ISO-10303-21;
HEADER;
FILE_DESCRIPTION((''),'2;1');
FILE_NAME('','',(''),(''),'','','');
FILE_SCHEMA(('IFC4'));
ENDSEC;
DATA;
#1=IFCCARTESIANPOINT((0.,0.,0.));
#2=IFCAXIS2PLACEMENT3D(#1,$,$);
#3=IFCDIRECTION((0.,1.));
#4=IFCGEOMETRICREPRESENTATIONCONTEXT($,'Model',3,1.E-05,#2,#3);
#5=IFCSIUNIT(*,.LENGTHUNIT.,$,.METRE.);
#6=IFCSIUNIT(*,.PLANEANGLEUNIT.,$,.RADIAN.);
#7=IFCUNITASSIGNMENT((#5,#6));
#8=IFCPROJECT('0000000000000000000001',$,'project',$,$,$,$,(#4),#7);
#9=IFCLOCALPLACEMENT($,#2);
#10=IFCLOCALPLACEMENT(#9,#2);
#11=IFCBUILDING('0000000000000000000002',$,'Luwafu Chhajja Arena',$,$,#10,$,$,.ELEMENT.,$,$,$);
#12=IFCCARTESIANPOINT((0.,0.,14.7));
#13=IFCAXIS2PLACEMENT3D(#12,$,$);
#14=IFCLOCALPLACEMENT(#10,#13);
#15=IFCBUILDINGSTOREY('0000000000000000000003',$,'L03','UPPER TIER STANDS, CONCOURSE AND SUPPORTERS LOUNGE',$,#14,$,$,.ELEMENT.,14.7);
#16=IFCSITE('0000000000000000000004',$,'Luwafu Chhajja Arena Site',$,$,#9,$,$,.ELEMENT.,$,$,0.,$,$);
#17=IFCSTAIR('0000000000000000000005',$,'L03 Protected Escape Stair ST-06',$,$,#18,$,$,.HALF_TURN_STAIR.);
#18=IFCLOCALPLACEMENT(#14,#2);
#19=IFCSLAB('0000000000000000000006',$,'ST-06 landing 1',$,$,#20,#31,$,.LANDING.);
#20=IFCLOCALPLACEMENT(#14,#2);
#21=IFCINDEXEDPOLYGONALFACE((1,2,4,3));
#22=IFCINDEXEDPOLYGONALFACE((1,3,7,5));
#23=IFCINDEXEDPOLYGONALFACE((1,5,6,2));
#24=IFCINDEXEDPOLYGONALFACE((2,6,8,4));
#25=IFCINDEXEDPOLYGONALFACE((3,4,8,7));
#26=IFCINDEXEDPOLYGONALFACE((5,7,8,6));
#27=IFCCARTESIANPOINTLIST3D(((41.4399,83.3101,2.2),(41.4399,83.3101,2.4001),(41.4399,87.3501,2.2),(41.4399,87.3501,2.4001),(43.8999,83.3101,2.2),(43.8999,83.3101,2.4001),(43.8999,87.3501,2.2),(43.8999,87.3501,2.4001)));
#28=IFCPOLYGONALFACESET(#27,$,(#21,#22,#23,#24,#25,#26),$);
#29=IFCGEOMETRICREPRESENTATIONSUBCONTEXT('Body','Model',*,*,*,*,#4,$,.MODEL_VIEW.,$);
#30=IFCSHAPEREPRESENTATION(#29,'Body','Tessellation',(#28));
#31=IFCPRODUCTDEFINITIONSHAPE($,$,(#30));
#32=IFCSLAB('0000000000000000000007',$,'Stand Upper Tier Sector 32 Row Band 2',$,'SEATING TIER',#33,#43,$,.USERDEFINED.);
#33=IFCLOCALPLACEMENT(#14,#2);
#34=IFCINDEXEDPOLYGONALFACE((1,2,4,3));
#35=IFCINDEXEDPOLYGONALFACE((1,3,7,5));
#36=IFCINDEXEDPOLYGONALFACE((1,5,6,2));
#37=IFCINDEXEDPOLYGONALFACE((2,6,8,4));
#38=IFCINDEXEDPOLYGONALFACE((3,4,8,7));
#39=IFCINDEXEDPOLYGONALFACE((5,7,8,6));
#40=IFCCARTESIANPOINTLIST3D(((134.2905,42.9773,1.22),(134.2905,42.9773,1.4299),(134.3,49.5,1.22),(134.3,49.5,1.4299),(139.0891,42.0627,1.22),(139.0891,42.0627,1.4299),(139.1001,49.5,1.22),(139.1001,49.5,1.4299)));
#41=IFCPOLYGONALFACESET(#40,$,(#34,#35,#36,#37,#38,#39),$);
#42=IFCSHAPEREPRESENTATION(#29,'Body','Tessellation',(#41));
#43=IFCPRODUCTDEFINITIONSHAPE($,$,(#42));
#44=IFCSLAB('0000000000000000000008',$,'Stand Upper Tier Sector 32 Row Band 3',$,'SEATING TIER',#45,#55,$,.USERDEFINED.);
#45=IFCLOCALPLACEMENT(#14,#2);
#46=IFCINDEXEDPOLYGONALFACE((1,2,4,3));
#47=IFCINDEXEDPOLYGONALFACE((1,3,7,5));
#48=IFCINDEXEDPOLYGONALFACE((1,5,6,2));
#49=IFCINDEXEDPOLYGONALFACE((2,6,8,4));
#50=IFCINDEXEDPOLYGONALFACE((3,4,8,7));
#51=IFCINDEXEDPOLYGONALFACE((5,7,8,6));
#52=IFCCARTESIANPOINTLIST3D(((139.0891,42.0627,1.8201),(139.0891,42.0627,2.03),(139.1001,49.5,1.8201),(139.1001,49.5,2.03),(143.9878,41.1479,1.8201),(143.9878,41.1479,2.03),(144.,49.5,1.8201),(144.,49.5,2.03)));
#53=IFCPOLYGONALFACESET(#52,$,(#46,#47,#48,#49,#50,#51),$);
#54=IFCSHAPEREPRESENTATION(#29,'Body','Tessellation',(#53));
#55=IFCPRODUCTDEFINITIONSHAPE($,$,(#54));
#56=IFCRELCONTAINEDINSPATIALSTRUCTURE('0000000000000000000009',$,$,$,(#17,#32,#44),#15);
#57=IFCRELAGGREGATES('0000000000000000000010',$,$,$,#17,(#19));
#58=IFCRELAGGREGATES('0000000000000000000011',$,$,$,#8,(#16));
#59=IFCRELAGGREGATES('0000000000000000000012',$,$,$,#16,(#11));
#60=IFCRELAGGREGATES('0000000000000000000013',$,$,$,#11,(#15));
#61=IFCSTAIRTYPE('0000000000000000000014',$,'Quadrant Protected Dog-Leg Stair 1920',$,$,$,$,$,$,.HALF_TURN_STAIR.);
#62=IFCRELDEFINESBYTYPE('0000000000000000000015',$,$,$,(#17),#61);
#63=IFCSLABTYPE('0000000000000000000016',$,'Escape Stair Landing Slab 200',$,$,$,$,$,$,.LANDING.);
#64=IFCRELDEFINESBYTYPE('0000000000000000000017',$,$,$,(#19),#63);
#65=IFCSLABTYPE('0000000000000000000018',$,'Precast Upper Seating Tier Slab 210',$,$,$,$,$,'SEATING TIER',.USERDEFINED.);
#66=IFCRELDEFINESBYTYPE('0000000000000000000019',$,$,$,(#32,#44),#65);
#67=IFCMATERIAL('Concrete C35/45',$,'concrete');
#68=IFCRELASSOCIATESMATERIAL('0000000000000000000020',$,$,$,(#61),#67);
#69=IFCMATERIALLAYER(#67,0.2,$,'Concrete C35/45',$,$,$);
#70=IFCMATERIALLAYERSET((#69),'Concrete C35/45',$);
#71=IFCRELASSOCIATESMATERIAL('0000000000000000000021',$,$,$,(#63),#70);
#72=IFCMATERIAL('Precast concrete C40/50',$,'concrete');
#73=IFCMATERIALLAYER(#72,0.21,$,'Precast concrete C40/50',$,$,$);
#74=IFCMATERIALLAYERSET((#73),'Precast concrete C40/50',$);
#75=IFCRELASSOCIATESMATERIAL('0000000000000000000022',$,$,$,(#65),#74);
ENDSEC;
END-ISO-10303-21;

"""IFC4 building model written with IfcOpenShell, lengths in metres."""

from ifc_helpers import new_model, si_unit, direction, frame, origin, place, context, subcontext, project, spatial, polyline, outline, extrude, material, layer, layer_set, type_object, element, aggregate, save


model = new_model("IFC4")

# Units and contexts
model_context = context("Model", 3, precision=1e-05, world=origin(), true_north=direction((0.0, 1.0)))
body_context = subcontext(model_context, "Body", "Model", "MODEL_VIEW")
ifc_project = project(units=[si_unit("LENGTHUNIT", "METRE"), si_unit("PLANEANGLEUNIT", "RADIAN")], contexts=[model_context])

# Site, building, storey
site_placement = place(None, origin())
site = spatial("IfcSite", under=ifc_project, at=site_placement, Name="Luwafu Chhajja Arena Site", CompositionType="ELEMENT", RefElevation=0.0)
building_placement = place(site_placement, origin())
building = spatial("IfcBuilding", under=site, at=building_placement, Name="Luwafu Chhajja Arena", CompositionType="ELEMENT")
storey_placement = place(building_placement, frame((0.0, 0.0, 14.7)))
storey = spatial("IfcBuildingStorey", under=building, at=storey_placement, Name="L03", Description="UPPER TIER STANDS, CONCOURSE AND SUPPORTERS LOUNGE", CompositionType="ELEMENT", Elevation=14.7)

# Shared definitions
ifc_material_1 = material(Name="Concrete C35/45", Category="concrete")

# Stair, slab
stair_type = type_object("IfcStairType", Name="Quadrant Protected Dog-Leg Stair 1920", PredefinedType="HALF_TURN_STAIR", material=ifc_material_1)
ifc_layer_1 = layer(ifc_material_1, 0.2, Name="Concrete C35/45")
ifc_layer_set_1 = layer_set([ifc_layer_1], Name="Concrete C35/45")
slab_type_1 = type_object("IfcSlabType", Name="Escape Stair Landing Slab 200", PredefinedType="LANDING", material=ifc_layer_set_1)
stair_1_placement = place(storey_placement, origin())
stair_1 = element("IfcStair", 1, at=stair_1_placement, inside=storey, type_object=stair_type, Name="L03 Protected Escape Stair ST-06", PredefinedType="HALF_TURN_STAIR")
slab_1_placement = place(storey_placement, frame((0.0, 0.0, 2.2)))
slab_1 = element("IfcSlab", 2, at=slab_1_placement, type_object=slab_type_1, Name="ST-06 landing 1", PredefinedType="LANDING", context=body_context, shape_type="SweptSolid", body=[
    extrude(outline(polyline([(41.4399, 83.3101), (43.8999, 83.3101), (43.8999, 87.3501), (41.4399, 87.3501), (41.4399, 83.3101)])), origin(), (0.0, 0.0, 1.0), 0.2002),
])
aggregate(stair_1, [slab_1])

# Slabs
ifc_material_2 = material(Name="Precast concrete C40/50", Category="concrete")
ifc_layer_2 = layer(ifc_material_2, 0.21, Name="Precast concrete C40/50")
ifc_layer_set_2 = layer_set([ifc_layer_2], Name="Precast concrete C40/50")
slab_type_2 = type_object("IfcSlabType", Name="Precast Upper Seating Tier Slab 210", ElementType="SEATING TIER", PredefinedType="USERDEFINED", material=ifc_layer_set_2)
slab_2_placement = place(storey_placement, frame((0.0, 0.0, 1.22)))
element("IfcSlab", 3, at=slab_2_placement, inside=storey, type_object=slab_type_2, Name="Stand Upper Tier Sector 32 Row Band 2", ObjectType="SEATING TIER", PredefinedType="USERDEFINED", context=body_context, shape_type="SweptSolid", body=[
    extrude(outline(polyline([(134.2905, 42.9773), (134.3, 49.5), (139.1001, 49.5), (139.0891, 42.0627), (134.2905, 42.9773)])), origin(), (0.0, 0.0, 1.0), 0.21),
])
slab_3_placement = place(storey_placement, frame((0.0, 0.0, 1.8201)))
element("IfcSlab", 4, at=slab_3_placement, inside=storey, type_object=slab_type_2, Name="Stand Upper Tier Sector 32 Row Band 3", ObjectType="SEATING TIER", PredefinedType="USERDEFINED", context=body_context, shape_type="SweptSolid", body=[
    extrude(outline(polyline([(139.0891, 42.0627), (139.1001, 49.5), (144.0, 49.5), (143.9878, 41.1479), (139.0891, 42.0627)])), origin(), (0.0, 0.0, 1.0), 0.21),
])

save(model, "model.ifc")
